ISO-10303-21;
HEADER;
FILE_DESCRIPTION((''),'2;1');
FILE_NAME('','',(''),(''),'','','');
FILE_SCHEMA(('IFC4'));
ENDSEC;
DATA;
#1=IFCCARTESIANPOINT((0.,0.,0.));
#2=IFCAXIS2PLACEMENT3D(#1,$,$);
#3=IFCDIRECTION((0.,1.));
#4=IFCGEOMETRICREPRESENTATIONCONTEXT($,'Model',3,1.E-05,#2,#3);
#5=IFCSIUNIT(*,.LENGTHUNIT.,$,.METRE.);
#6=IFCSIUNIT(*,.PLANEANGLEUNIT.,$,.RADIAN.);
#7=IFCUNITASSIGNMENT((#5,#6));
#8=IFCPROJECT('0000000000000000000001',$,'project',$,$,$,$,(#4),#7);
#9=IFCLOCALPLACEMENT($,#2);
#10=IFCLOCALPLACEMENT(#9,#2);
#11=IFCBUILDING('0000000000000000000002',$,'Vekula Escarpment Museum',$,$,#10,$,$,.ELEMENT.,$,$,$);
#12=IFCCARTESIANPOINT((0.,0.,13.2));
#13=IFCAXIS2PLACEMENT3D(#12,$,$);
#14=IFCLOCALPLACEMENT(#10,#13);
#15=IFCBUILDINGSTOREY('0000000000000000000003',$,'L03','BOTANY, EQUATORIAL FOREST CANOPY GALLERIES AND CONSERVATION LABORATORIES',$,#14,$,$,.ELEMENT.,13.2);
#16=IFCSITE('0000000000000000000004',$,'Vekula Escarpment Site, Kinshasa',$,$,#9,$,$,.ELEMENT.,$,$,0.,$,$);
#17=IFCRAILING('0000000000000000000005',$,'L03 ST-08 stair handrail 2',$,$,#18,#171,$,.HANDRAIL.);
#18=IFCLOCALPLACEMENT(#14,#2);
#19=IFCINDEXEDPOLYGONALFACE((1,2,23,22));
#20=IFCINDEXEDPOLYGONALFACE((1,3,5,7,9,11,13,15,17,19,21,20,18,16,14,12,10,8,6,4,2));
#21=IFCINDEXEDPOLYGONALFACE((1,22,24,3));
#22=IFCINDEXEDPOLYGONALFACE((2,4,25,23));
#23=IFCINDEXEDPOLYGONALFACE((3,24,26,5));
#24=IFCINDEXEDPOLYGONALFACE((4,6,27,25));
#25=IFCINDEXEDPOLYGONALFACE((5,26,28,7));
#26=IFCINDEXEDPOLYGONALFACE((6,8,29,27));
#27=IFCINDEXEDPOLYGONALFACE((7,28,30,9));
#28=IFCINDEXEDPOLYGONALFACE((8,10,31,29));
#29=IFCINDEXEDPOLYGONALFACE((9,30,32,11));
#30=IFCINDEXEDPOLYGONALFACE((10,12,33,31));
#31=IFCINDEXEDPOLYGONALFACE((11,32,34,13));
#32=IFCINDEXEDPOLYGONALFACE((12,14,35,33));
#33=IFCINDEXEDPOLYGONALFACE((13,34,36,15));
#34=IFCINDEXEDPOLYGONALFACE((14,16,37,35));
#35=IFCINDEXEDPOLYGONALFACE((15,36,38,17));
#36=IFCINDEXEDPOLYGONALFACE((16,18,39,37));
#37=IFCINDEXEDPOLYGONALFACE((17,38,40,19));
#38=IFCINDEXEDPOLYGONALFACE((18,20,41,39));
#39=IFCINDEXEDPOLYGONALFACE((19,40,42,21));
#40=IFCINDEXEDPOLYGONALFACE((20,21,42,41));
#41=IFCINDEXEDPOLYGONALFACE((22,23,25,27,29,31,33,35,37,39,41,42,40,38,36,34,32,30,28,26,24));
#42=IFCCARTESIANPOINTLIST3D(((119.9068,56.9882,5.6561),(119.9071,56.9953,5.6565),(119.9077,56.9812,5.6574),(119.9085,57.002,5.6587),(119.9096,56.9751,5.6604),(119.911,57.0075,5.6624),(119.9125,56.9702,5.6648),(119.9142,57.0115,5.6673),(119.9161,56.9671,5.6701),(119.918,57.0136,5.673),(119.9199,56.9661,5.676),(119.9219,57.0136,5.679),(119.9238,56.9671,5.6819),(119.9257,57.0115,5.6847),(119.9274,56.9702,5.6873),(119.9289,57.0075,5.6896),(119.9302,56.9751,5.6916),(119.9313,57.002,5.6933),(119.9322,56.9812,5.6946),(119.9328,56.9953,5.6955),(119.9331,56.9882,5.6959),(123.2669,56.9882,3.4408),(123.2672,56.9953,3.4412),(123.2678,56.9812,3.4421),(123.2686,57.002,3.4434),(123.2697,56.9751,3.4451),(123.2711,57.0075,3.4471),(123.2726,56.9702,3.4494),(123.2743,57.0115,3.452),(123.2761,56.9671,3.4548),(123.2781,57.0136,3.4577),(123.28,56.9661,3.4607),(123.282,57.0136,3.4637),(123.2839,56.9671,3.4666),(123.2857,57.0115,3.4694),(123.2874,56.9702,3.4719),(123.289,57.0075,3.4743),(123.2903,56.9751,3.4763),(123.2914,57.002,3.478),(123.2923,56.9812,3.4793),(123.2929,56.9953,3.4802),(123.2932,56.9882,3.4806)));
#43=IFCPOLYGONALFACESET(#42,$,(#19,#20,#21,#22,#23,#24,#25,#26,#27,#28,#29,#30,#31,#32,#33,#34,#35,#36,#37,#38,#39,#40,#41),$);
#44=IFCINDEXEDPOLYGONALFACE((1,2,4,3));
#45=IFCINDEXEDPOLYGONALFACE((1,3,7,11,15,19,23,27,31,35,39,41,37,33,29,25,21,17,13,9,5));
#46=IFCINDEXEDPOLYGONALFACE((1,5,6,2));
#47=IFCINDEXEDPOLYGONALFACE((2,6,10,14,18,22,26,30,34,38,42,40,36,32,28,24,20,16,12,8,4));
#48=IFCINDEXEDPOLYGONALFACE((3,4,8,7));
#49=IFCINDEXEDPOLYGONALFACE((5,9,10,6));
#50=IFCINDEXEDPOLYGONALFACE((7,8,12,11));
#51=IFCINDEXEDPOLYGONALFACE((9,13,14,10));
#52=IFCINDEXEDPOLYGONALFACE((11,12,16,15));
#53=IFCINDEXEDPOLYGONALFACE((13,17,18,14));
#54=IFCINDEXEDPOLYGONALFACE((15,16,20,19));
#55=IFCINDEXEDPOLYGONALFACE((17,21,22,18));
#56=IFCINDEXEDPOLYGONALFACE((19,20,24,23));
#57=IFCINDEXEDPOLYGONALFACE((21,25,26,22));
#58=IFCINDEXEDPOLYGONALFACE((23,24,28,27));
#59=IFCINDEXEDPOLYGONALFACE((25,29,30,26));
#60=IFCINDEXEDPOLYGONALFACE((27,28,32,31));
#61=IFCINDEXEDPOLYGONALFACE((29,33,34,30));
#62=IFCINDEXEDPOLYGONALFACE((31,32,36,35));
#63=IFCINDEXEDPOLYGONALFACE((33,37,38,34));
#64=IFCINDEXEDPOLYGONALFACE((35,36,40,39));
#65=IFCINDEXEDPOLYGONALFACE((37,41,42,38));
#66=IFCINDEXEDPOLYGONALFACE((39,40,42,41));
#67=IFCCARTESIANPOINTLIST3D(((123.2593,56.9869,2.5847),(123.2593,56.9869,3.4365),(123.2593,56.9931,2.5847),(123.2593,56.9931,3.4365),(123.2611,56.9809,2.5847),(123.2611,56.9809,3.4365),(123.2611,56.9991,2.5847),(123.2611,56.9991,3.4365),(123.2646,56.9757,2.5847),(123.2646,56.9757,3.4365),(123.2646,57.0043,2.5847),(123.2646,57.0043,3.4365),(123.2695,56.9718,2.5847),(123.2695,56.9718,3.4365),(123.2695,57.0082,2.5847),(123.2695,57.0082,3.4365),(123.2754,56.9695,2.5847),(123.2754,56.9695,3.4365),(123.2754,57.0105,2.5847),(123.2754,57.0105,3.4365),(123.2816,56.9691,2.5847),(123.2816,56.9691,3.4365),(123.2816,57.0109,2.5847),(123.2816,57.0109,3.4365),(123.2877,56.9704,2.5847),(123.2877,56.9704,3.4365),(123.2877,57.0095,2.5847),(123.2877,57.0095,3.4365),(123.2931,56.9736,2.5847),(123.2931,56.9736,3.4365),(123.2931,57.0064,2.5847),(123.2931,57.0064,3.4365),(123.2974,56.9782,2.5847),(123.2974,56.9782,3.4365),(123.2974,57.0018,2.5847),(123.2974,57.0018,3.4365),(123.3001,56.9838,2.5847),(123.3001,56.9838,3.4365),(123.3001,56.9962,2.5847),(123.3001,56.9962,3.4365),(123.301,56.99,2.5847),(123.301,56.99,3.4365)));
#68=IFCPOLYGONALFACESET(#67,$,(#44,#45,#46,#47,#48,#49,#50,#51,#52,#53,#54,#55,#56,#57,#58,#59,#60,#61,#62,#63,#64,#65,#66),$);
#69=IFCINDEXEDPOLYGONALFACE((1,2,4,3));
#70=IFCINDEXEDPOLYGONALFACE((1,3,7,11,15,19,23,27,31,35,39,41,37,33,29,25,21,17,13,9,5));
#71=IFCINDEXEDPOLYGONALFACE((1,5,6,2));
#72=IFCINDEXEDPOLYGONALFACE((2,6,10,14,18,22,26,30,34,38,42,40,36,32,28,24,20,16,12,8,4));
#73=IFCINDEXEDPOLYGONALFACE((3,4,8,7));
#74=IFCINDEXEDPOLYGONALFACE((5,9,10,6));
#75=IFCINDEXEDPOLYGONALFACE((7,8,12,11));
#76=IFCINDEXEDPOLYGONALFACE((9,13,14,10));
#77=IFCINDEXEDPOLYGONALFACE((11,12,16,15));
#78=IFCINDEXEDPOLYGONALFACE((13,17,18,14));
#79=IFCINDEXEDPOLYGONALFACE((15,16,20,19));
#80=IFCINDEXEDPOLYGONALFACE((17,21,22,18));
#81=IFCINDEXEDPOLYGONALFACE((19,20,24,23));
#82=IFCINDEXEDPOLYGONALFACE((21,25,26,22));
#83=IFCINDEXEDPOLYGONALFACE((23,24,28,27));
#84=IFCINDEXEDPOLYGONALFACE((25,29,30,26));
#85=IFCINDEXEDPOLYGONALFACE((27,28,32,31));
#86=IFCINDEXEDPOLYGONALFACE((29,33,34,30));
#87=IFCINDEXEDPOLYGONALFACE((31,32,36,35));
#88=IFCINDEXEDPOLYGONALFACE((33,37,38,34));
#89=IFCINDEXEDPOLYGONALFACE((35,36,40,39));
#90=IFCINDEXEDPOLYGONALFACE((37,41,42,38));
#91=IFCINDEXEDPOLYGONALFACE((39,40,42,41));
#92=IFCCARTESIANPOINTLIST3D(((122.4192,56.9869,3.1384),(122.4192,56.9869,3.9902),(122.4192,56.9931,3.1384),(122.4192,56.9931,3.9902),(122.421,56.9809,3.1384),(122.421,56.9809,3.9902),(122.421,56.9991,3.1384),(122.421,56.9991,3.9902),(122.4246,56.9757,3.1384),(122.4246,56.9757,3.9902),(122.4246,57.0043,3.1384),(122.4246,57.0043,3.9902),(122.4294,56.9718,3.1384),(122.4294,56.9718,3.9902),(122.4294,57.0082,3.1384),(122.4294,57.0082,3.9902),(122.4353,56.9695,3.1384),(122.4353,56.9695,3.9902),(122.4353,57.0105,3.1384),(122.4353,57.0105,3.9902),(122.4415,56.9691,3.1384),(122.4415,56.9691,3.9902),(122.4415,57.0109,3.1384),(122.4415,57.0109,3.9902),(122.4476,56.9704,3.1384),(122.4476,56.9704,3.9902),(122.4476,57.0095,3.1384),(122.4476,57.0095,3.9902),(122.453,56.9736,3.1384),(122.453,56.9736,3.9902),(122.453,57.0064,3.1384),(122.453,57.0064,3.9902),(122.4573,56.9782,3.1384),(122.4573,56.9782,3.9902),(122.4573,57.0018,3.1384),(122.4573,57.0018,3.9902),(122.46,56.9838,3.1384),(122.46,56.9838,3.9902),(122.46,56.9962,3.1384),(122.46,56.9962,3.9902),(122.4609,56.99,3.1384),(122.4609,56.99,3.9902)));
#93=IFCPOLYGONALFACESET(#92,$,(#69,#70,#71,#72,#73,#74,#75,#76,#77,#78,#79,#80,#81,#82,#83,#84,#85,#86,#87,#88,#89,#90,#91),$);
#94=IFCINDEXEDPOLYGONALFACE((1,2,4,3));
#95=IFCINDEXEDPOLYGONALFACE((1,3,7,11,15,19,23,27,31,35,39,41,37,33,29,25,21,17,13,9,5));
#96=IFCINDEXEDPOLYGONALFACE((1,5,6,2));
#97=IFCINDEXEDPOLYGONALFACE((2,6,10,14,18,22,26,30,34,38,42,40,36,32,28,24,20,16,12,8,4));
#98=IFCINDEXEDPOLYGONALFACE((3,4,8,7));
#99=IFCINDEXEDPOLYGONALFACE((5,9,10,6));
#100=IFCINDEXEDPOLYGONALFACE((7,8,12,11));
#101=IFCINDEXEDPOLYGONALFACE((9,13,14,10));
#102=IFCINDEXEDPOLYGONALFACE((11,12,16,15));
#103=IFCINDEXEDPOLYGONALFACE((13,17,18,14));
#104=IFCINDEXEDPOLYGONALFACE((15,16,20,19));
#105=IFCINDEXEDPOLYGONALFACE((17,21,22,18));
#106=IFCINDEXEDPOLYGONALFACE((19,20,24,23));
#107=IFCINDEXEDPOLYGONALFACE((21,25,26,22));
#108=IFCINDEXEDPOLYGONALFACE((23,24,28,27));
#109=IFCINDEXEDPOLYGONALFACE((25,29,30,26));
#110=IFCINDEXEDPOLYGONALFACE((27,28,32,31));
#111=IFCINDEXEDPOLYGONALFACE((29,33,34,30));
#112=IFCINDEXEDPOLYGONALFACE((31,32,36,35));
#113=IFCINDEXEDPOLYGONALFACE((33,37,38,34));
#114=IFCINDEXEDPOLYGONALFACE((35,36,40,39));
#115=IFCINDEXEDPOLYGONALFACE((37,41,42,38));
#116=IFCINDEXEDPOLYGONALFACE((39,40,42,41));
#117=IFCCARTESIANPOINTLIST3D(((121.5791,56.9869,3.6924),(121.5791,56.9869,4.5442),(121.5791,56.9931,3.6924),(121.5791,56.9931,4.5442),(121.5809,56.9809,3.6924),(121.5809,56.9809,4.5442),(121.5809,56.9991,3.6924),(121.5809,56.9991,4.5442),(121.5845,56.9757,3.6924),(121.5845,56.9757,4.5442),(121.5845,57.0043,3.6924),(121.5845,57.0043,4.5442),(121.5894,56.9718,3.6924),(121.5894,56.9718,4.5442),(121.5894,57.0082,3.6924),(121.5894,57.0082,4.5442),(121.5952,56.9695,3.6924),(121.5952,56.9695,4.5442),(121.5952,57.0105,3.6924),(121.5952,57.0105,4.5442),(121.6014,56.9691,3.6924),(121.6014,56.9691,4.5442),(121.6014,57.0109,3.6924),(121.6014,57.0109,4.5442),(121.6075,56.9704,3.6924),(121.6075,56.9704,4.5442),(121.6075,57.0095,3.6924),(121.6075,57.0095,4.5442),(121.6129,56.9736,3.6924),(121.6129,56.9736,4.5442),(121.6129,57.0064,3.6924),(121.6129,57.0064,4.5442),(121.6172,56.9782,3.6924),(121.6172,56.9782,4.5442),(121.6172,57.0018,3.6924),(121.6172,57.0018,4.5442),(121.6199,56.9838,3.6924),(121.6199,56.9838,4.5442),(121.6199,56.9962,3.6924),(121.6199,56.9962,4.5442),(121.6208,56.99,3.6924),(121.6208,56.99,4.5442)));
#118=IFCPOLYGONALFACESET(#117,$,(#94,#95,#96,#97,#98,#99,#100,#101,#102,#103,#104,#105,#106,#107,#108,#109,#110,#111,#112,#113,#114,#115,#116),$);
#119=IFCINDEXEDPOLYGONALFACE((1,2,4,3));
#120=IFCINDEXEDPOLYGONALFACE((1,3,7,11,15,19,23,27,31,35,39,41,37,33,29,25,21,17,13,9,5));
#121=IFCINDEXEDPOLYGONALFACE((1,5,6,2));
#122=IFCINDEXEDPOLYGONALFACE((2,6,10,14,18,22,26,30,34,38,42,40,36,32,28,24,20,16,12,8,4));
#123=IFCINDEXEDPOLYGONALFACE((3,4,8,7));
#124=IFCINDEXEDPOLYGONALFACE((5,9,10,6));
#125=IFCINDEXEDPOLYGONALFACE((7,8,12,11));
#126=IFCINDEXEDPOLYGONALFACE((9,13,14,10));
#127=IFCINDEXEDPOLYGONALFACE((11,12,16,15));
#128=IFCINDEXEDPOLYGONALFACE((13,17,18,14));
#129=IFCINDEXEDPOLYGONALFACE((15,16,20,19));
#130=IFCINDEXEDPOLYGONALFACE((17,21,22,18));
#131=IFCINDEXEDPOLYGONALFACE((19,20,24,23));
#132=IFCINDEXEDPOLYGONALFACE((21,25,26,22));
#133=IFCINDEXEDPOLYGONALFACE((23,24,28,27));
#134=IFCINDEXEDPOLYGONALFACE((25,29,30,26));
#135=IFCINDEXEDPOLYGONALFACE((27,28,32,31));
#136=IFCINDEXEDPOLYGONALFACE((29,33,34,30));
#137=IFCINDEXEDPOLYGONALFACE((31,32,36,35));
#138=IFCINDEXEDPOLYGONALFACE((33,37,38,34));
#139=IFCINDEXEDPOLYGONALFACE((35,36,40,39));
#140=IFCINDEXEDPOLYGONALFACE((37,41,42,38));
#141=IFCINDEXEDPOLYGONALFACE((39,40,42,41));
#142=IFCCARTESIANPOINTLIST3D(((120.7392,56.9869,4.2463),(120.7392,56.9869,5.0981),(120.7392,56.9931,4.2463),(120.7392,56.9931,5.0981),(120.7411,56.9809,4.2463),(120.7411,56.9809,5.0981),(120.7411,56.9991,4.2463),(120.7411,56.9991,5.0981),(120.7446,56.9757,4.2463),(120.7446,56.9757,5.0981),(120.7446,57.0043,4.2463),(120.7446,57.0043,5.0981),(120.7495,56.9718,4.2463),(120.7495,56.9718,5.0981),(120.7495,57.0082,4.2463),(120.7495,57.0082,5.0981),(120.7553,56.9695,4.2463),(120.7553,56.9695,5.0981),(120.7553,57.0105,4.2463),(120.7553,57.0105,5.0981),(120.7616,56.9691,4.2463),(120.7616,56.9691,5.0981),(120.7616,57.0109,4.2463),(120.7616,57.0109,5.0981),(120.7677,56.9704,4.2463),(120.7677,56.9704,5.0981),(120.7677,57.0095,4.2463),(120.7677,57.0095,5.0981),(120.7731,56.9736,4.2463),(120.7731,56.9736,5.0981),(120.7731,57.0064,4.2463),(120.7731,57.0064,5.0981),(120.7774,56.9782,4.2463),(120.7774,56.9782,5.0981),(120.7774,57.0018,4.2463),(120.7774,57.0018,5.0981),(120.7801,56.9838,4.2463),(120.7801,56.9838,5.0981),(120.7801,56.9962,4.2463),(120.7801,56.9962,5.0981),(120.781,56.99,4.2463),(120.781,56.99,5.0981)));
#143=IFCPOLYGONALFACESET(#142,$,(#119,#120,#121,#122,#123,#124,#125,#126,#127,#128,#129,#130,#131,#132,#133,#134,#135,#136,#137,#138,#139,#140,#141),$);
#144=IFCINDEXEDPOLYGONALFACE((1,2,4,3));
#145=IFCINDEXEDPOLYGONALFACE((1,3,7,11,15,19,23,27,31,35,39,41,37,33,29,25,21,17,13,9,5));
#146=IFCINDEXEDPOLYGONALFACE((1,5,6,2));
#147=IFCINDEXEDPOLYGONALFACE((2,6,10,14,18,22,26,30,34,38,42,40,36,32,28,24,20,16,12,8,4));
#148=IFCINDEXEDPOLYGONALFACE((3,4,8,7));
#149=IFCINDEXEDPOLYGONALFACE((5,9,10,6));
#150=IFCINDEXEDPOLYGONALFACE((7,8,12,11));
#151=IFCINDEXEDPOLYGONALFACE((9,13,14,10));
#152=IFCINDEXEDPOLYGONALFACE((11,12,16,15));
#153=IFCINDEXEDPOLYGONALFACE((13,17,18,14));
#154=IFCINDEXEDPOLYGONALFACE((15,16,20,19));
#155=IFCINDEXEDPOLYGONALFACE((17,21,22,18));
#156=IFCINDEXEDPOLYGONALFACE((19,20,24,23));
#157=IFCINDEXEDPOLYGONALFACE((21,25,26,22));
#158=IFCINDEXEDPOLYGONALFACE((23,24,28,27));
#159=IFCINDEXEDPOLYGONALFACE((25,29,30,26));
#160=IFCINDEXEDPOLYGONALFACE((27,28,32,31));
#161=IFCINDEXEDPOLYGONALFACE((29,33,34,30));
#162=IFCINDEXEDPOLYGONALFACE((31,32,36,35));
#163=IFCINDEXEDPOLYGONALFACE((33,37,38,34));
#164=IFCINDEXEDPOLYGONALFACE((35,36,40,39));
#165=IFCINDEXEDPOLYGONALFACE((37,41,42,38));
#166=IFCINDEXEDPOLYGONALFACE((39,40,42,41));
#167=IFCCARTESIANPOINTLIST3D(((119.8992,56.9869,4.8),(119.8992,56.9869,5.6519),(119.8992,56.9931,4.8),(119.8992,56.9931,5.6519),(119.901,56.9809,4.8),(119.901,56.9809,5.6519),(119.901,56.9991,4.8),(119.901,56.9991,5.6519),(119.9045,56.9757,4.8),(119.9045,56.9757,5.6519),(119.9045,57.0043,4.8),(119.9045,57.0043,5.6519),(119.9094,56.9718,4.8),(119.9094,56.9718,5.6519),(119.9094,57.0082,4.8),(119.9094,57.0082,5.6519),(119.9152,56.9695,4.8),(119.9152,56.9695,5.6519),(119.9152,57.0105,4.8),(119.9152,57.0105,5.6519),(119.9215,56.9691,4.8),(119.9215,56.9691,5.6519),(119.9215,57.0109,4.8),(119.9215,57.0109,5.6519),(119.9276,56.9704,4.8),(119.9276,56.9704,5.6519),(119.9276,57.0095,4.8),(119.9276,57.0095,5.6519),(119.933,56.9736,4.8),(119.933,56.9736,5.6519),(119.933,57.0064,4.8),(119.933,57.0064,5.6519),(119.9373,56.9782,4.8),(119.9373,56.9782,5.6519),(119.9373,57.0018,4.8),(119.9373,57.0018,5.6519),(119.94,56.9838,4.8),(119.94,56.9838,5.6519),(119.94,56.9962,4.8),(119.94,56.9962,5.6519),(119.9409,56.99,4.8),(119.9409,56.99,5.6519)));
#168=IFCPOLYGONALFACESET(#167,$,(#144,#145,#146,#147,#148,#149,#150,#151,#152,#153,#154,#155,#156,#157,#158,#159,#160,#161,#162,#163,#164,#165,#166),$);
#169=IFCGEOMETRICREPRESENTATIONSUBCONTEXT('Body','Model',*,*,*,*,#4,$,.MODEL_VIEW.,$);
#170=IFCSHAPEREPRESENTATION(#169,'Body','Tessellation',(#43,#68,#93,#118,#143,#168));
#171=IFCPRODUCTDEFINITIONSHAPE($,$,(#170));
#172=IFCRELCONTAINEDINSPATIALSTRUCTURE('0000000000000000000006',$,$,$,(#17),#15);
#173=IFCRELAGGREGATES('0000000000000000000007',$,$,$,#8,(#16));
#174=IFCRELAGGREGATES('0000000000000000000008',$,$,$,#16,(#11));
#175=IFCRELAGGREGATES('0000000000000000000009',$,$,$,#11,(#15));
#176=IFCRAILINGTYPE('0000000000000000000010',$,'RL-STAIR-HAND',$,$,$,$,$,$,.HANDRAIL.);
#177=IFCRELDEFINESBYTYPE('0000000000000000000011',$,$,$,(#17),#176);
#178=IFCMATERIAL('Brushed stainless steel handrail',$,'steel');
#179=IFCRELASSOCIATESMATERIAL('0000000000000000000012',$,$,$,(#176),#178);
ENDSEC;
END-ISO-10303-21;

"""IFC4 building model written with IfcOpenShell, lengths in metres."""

from ifc_helpers import new_model, si_unit, direction, frame, origin, origin_2d, place, context, subcontext, project, spatial, circle, extrude, material, type_object, element, save


model = new_model("IFC4")

# Units and contexts
model_context = context("Model", 3, precision=1e-05, world=origin(), true_north=direction((0.0, 1.0)))
body_context = subcontext(model_context, "Body", "Model", "MODEL_VIEW")
ifc_project = project(units=[si_unit("LENGTHUNIT", "METRE"), si_unit("PLANEANGLEUNIT", "RADIAN")], contexts=[model_context])

# Site, building, storey
site_placement = place(None, origin())
site = spatial("IfcSite", under=ifc_project, at=site_placement, Name="Vekula Escarpment Site, Kinshasa", CompositionType="ELEMENT", RefElevation=0.0)
building_placement = place(site_placement, origin())
building = spatial("IfcBuilding", under=site, at=building_placement, Name="Vekula Escarpment Museum", CompositionType="ELEMENT")
storey_placement = place(building_placement, frame((0.0, 0.0, 13.2)))
storey = spatial("IfcBuildingStorey", under=building, at=storey_placement, Name="L03", Description="BOTANY, EQUATORIAL FOREST CANOPY GALLERIES AND CONSERVATION LABORATORIES", CompositionType="ELEMENT", Elevation=13.2)

# Railing
ifc_material_1 = material(Name="Brushed stainless steel handrail", Category="steel")
railing_type_1 = type_object("IfcRailingType", Name="RL-STAIR-HAND", PredefinedType="HANDRAIL", material=ifc_material_1)
railing_1_placement = place(storey_placement, frame((123.28, 56.99, 2.5847)))
element("IfcRailing", 1, at=railing_1_placement, inside=storey, type_object=railing_type_1, Name="L03 ST-08 stair handrail 2", PredefinedType="HANDRAIL", context=body_context, shape_type="SweptSolid", body=[
    extrude(circle(Radius=0.0239, at=origin_2d()), frame((0.0, 0.0, 0.876), z_axis=(-0.834876, 0.0, 0.550437), x_axis=(0.0, -1.0, 0.0)), (0.0, 0.0, 1.0), 4.0247),
    extrude(circle(Radius=0.021, at=origin_2d()), origin(), (0.0, 0.0, 1.0), 0.8518),
    extrude(circle(Radius=0.021, at=origin_2d()), frame((-0.8401, 0.0, 0.5537)), (0.0, 0.0, 1.0), 0.8518),
    extrude(circle(Radius=0.021, at=origin_2d()), frame((-1.6802, 0.0, 1.1077)), (0.0, 0.0, 1.0), 0.8518),
    extrude(circle(Radius=0.021, at=origin_2d()), frame((-2.52, 0.0, 1.6616)), (0.0, 0.0, 1.0), 0.8518),
    extrude(circle(Radius=0.021, at=origin_2d()), frame((-3.3601, 0.0, 2.2153)), (0.0, 0.0, 1.0), 0.8518),
])

save(model, "model.ifc")
